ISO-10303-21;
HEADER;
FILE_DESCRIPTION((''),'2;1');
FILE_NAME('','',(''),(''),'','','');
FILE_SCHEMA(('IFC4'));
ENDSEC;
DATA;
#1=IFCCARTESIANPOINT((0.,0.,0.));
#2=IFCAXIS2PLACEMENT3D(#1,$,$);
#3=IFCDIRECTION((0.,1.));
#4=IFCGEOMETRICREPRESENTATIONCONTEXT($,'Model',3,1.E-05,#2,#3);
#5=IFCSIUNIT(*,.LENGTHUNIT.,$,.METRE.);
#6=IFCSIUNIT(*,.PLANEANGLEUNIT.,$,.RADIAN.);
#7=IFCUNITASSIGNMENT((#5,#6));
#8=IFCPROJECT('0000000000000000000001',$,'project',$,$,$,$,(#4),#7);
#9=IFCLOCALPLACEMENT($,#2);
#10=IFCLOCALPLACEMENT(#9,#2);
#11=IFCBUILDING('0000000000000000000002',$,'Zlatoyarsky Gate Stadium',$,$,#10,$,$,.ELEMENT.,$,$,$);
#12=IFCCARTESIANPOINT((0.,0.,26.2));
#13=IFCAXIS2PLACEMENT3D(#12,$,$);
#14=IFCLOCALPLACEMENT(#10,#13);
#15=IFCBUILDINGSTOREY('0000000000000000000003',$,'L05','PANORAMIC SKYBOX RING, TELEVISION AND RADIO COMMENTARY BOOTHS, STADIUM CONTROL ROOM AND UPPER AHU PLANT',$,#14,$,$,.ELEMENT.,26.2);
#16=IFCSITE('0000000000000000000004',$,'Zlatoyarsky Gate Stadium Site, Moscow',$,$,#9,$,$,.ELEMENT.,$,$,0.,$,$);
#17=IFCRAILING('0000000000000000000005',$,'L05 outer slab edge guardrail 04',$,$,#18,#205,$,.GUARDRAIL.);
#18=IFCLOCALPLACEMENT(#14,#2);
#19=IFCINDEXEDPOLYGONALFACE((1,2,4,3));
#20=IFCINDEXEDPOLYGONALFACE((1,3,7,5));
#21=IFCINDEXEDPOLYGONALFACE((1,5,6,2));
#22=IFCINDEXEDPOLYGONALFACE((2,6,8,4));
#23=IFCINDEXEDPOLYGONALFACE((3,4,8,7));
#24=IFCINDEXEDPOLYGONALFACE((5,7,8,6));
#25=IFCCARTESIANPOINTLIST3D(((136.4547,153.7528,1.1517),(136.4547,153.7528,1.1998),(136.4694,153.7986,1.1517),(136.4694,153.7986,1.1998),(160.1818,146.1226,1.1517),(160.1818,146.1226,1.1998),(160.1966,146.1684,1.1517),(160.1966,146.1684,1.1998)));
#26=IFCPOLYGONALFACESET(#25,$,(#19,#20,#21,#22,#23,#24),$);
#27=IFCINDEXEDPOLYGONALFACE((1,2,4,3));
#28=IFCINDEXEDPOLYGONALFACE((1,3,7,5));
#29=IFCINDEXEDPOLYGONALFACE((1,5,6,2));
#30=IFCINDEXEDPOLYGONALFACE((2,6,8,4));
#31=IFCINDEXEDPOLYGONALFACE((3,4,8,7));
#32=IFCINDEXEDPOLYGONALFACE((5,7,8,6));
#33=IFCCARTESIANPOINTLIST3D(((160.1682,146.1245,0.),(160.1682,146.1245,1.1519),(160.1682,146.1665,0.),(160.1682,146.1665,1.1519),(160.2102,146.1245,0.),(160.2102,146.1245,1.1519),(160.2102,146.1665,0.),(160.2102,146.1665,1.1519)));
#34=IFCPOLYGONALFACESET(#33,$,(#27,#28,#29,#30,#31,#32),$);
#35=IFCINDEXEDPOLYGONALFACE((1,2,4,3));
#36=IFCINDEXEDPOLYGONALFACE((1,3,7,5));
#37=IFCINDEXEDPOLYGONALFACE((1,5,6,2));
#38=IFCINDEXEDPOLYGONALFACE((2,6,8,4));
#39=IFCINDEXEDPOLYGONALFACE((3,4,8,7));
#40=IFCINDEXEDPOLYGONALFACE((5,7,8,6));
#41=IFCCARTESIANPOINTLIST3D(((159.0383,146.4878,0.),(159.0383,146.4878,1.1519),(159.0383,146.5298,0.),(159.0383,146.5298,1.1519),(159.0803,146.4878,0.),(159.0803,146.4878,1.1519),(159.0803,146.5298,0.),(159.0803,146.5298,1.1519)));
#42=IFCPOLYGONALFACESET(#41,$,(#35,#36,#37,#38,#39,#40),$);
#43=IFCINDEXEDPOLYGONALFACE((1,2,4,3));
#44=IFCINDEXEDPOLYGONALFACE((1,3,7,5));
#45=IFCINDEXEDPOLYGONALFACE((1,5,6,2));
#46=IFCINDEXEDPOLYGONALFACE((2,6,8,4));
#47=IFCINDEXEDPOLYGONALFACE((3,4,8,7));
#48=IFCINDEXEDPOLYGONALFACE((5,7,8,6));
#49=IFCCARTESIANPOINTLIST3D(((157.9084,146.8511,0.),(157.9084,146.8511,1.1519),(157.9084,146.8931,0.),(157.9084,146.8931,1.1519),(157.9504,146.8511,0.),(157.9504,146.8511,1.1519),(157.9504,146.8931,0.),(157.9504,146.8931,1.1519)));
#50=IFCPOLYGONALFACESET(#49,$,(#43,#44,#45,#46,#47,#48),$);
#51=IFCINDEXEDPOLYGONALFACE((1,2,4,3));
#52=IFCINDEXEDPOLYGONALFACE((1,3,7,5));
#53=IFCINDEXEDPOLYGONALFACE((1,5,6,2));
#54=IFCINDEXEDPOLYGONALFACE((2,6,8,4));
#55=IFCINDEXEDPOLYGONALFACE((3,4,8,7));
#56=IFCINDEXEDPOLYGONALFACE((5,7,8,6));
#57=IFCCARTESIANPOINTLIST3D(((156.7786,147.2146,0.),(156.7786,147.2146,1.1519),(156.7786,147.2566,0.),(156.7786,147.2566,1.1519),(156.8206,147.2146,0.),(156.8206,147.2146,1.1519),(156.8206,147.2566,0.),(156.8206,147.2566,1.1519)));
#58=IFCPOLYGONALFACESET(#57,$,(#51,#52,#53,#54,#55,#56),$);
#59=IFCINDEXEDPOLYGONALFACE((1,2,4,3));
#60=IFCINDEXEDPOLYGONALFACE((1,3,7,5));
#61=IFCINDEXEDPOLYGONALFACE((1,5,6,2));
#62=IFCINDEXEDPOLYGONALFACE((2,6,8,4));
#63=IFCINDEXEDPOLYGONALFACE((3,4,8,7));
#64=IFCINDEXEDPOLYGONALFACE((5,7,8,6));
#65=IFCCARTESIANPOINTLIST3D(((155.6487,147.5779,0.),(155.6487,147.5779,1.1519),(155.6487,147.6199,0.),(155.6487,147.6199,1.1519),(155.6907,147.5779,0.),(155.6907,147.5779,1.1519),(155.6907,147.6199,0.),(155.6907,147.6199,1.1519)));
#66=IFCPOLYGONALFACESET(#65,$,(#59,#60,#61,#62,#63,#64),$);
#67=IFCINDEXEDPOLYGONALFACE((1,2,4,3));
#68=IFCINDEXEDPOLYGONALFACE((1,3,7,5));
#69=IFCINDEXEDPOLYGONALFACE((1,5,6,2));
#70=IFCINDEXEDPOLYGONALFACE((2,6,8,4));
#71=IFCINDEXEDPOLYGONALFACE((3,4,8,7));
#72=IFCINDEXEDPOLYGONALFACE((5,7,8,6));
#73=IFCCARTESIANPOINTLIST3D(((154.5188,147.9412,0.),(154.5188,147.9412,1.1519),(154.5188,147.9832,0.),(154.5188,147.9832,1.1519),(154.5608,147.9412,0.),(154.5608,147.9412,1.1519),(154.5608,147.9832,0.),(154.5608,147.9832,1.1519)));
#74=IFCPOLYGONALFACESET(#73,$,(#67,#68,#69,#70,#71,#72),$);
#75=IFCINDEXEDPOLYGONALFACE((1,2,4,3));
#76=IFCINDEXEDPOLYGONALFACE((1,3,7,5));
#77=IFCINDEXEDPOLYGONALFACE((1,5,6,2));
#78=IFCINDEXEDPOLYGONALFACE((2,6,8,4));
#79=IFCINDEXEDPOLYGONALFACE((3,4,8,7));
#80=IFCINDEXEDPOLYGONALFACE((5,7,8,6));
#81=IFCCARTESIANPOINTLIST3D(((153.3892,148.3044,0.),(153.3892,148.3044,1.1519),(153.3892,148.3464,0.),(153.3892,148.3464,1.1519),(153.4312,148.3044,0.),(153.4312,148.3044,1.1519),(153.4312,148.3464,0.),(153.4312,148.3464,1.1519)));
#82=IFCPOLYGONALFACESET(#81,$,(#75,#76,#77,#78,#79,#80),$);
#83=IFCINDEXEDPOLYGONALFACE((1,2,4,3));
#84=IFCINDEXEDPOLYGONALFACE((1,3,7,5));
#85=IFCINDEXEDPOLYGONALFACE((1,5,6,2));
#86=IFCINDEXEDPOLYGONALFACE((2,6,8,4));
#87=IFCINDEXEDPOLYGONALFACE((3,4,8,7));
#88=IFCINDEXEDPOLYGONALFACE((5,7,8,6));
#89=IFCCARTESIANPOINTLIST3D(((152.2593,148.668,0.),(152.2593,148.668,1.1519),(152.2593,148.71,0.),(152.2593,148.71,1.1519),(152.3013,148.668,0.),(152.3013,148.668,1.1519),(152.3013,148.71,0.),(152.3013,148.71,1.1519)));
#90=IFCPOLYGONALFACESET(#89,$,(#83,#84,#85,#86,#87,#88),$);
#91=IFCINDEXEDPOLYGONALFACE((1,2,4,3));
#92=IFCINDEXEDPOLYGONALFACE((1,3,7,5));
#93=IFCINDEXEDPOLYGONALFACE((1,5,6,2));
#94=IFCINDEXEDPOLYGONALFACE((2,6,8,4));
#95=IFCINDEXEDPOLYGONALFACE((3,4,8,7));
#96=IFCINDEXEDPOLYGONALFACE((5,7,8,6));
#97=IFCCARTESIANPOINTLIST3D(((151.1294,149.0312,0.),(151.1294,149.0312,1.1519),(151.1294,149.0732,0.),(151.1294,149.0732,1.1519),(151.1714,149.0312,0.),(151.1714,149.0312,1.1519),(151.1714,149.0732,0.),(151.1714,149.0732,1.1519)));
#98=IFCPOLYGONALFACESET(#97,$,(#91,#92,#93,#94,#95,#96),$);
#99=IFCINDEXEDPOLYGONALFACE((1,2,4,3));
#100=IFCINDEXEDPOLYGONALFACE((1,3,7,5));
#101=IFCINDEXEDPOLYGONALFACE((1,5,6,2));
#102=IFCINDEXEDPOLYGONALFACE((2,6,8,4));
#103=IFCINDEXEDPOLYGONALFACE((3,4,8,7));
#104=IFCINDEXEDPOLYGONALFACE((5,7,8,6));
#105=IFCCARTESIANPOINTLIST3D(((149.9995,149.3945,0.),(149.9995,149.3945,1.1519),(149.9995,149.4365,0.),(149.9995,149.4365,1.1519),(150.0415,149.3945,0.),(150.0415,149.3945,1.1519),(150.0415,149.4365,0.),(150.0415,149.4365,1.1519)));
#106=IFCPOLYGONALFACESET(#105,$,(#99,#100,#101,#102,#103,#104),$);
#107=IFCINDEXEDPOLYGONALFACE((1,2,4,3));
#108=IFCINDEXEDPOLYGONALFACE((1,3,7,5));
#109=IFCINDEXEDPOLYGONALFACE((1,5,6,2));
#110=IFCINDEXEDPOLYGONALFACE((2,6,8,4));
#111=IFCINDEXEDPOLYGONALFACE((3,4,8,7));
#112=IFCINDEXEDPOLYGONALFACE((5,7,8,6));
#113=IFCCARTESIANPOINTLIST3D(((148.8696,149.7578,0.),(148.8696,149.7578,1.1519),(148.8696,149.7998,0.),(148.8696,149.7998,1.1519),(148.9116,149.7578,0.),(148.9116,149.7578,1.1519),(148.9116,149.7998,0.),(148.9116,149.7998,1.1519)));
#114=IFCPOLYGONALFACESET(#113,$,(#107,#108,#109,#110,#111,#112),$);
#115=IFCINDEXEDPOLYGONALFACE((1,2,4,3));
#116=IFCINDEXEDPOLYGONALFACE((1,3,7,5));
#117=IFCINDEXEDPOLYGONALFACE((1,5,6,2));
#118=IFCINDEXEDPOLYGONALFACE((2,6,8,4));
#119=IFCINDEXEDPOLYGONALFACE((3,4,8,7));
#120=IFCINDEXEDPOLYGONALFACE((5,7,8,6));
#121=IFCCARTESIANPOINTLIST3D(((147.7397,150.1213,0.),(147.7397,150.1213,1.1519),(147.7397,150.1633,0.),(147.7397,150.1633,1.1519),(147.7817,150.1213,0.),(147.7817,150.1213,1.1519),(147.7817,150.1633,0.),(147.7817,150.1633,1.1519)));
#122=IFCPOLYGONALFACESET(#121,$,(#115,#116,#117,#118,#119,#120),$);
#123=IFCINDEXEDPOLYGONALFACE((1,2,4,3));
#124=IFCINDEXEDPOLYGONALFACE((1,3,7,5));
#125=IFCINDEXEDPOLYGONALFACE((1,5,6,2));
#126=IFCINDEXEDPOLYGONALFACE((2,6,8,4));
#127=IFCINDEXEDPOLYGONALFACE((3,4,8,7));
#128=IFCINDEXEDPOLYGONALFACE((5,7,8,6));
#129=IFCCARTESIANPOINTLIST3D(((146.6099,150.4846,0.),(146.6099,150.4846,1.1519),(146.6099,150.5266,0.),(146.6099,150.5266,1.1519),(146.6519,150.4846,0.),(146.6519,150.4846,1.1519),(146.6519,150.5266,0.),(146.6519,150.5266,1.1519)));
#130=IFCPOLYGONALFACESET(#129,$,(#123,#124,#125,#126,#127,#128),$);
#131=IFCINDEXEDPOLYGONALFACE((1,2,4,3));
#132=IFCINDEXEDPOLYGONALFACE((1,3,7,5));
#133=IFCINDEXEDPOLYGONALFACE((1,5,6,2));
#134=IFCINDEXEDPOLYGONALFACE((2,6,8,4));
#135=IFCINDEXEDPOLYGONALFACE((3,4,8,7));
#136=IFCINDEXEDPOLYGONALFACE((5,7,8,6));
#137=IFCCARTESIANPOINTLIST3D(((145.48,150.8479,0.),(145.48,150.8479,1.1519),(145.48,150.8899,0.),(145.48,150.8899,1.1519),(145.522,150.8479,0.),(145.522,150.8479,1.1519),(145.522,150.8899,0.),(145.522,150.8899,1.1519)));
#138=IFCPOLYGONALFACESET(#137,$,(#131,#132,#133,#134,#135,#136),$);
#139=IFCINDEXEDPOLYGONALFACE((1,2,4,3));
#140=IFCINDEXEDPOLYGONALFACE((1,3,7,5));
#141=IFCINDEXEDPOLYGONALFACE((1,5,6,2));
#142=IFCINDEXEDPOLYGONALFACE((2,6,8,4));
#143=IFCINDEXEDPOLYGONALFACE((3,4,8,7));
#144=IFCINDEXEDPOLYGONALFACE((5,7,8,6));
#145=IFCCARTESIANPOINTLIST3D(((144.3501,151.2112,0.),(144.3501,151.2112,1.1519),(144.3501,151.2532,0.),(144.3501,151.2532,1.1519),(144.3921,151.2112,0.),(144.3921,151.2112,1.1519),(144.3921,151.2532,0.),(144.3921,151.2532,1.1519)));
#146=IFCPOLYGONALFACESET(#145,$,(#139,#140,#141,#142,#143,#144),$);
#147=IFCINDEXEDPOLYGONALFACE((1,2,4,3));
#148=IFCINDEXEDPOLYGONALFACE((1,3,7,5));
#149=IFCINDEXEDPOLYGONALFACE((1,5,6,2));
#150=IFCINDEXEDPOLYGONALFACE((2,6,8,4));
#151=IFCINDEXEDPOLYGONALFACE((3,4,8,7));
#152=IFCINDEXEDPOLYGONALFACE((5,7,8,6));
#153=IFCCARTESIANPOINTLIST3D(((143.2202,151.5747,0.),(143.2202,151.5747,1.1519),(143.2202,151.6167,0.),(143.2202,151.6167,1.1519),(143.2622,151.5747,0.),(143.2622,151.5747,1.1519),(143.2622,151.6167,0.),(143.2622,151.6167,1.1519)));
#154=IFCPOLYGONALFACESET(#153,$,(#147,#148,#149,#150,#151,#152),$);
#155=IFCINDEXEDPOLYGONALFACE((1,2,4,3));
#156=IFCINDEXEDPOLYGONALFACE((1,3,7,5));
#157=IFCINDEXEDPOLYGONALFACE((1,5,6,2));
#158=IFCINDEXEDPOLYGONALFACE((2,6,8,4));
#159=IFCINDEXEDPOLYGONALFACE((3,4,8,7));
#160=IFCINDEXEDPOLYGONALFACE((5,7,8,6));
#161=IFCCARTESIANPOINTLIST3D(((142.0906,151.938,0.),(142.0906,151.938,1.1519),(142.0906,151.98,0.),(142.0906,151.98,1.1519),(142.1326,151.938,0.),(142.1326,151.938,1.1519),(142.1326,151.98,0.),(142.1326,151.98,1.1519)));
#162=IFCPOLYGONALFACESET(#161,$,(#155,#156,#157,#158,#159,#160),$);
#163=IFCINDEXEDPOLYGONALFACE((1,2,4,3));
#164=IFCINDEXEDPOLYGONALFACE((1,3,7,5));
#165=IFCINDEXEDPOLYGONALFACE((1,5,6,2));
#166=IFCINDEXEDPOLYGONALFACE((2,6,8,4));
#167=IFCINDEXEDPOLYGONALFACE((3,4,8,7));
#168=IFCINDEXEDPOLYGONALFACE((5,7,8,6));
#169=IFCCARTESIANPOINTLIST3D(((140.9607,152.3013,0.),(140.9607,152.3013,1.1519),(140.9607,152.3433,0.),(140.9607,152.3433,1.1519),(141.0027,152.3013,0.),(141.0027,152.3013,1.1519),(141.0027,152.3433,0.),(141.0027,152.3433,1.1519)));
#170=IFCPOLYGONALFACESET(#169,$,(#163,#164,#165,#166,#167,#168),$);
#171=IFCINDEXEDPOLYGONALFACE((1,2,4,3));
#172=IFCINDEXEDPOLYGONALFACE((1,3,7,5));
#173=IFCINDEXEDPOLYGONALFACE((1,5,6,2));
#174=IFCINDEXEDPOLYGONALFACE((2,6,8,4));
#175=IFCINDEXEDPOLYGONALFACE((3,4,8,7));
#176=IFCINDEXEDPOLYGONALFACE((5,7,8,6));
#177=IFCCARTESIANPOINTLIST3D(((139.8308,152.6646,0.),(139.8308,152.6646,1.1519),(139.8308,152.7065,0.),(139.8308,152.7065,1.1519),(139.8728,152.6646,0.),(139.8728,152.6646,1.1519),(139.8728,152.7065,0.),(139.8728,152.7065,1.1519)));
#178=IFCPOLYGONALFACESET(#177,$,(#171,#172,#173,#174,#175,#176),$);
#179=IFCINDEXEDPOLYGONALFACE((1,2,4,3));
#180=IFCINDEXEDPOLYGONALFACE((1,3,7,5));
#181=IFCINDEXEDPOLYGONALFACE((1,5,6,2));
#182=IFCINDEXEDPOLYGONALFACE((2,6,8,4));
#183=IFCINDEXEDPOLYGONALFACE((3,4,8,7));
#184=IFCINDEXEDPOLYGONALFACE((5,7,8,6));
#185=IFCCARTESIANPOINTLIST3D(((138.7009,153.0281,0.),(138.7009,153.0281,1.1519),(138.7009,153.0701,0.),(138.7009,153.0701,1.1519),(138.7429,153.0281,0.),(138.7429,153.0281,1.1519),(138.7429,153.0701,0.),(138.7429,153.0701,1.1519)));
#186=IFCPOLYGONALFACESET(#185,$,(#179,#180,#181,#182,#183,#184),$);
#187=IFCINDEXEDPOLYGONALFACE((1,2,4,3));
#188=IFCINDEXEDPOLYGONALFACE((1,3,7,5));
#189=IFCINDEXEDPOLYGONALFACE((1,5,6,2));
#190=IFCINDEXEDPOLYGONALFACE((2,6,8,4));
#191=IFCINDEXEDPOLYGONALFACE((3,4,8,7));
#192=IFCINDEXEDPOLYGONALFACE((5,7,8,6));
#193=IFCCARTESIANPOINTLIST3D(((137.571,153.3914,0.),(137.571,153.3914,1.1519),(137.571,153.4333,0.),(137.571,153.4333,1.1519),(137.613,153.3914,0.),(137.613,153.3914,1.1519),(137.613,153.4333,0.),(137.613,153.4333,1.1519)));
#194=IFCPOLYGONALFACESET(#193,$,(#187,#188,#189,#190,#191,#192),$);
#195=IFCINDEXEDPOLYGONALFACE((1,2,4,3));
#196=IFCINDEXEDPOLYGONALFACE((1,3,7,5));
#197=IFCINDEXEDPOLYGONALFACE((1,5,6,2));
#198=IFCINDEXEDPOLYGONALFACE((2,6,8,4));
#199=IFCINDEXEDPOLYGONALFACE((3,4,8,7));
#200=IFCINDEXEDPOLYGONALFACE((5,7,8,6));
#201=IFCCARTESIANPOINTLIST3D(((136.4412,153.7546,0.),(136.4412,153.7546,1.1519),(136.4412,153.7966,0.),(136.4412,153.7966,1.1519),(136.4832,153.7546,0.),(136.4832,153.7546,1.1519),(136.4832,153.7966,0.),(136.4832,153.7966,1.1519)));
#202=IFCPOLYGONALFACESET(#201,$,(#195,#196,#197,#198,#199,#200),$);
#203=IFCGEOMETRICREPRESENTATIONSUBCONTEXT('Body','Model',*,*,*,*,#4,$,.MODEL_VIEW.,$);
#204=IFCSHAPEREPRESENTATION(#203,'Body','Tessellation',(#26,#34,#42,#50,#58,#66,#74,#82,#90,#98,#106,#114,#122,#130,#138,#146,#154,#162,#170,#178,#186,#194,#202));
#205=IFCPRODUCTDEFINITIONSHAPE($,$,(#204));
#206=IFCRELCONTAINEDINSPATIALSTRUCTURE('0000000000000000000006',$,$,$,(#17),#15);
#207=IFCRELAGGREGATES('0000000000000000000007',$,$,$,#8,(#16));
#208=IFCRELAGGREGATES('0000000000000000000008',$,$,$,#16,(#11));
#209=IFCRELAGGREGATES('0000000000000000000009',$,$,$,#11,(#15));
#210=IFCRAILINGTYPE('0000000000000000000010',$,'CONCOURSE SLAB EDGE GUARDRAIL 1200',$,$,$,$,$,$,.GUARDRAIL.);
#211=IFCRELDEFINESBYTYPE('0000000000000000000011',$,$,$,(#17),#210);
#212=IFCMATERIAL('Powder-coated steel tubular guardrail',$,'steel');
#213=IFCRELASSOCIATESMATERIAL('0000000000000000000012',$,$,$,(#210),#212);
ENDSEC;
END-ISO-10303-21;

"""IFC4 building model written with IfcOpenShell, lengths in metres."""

from ifc_helpers import new_model, si_unit, direction, frame, origin, origin_2d, place, context, subcontext, project, spatial, rectangle, extrude, material, type_object, element, save


model = new_model("IFC4")

# Units and contexts
model_context = context("Model", 3, precision=1e-05, world=origin(), true_north=direction((0.0, 1.0)))
body_context = subcontext(model_context, "Body", "Model", "MODEL_VIEW")
ifc_project = project(units=[si_unit("LENGTHUNIT", "METRE"), si_unit("PLANEANGLEUNIT", "RADIAN")], contexts=[model_context])

# Site, building, storey
site_placement = place(None, origin())
site = spatial("IfcSite", under=ifc_project, at=site_placement, Name="Zlatoyarsky Gate Stadium Site, Moscow", CompositionType="ELEMENT", RefElevation=0.0)
building_placement = place(site_placement, origin())
building = spatial("IfcBuilding", under=site, at=building_placement, Name="Zlatoyarsky Gate Stadium", CompositionType="ELEMENT")
storey_placement = place(building_placement, frame((0.0, 0.0, 26.2)))
storey = spatial("IfcBuildingStorey", under=building, at=storey_placement, Name="L05", Description="PANORAMIC SKYBOX RING, TELEVISION AND RADIO COMMENTARY BOOTHS, STADIUM CONTROL ROOM AND UPPER AHU PLANT", CompositionType="ELEMENT", Elevation=26.2)

# Railing
ifc_material_1 = material(Name="Powder-coated steel tubular guardrail", Category="steel")
railing_type = type_object("IfcRailingType", Name="CONCOURSE SLAB EDGE GUARDRAIL 1200", PredefinedType="GUARDRAIL", material=ifc_material_1)
railing_placement = place(storey_placement, frame((160.1892, 146.1455, 0.0)))
element("IfcRailing", 1, at=railing_placement, inside=storey, type_object=railing_type, Name="L05 outer slab edge guardrail 04", PredefinedType="GUARDRAIL", context=body_context, shape_type="SweptSolid", body=[
    extrude(rectangle(XDim=0.0481, YDim=0.0481, at=origin_2d()), frame((0.0, 0.0, 1.1758), z_axis=(-0.951987, 0.306139, 0.0), x_axis=(-0.306139, -0.951987, 0.0)), (0.0, 0.0, 1.0), 24.9238),
    extrude(rectangle(XDim=0.042, YDim=0.042, at=origin_2d()), origin(), (0.0, 0.0, 1.0), 1.1519),
    extrude(rectangle(XDim=0.042, YDim=0.042, at=origin_2d()), frame((-1.1299, 0.3633, 0.0)), (0.0, 0.0, 1.0), 1.1519),
    extrude(rectangle(XDim=0.042, YDim=0.042, at=origin_2d()), frame((-2.2598, 0.7266, 0.0)), (0.0, 0.0, 1.0), 1.1519),
    extrude(rectangle(XDim=0.042, YDim=0.042, at=origin_2d()), frame((-3.3896, 1.0901, 0.0)), (0.0, 0.0, 1.0), 1.1519),
    extrude(rectangle(XDim=0.042, YDim=0.042, at=origin_2d()), frame((-4.5195, 1.4534, 0.0)), (0.0, 0.0, 1.0), 1.1519),
    extrude(rectangle(XDim=0.042, YDim=0.042, at=origin_2d()), frame((-5.6494, 1.8167, 0.0)), (0.0, 0.0, 1.0), 1.1519),
    extrude(rectangle(XDim=0.042, YDim=0.042, at=origin_2d()), frame((-6.7791, 2.1799, 0.0)), (0.0, 0.0, 1.0), 1.1519),
    extrude(rectangle(XDim=0.042, YDim=0.042, at=origin_2d()), frame((-7.9089, 2.5435, 0.0)), (0.0, 0.0, 1.0), 1.1519),
    extrude(rectangle(XDim=0.042, YDim=0.042, at=origin_2d()), frame((-9.0388, 2.9067, 0.0)), (0.0, 0.0, 1.0), 1.1519),
    extrude(rectangle(XDim=0.042, YDim=0.042, at=origin_2d()), frame((-10.1687, 3.27, 0.0)), (0.0, 0.0, 1.0), 1.1519),
    extrude(rectangle(XDim=0.042, YDim=0.042, at=origin_2d()), frame((-11.2986, 3.6333, 0.0)), (0.0, 0.0, 1.0), 1.1519),
    extrude(rectangle(XDim=0.042, YDim=0.042, at=origin_2d()), frame((-12.4285, 3.9968, 0.0)), (0.0, 0.0, 1.0), 1.1519),
    extrude(rectangle(XDim=0.042, YDim=0.042, at=origin_2d()), frame((-13.5583, 4.3601, 0.0)), (0.0, 0.0, 1.0), 1.1519),
    extrude(rectangle(XDim=0.042, YDim=0.042, at=origin_2d()), frame((-14.6882, 4.7234, 0.0)), (0.0, 0.0, 1.0), 1.1519),
    extrude(rectangle(XDim=0.042, YDim=0.042, at=origin_2d()), frame((-15.8181, 5.0867, 0.0)), (0.0, 0.0, 1.0), 1.1519),
    extrude(rectangle(XDim=0.042, YDim=0.042, at=origin_2d()), frame((-16.948, 5.4502, 0.0)), (0.0, 0.0, 1.0), 1.1519),
    extrude(rectangle(XDim=0.042, YDim=0.042, at=origin_2d()), frame((-18.0776, 5.8135, 0.0)), (0.0, 0.0, 1.0), 1.1519),
    extrude(rectangle(XDim=0.042, YDim=0.042, at=origin_2d()), frame((-19.2075, 6.1768, 0.0)), (0.0, 0.0, 1.0), 1.1519),
    extrude(rectangle(XDim=0.042, YDim=0.042, at=origin_2d()), frame((-20.3374, 6.54, 0.0)), (0.0, 0.0, 1.0), 1.1519),
    extrude(rectangle(XDim=0.042, YDim=0.042, at=origin_2d()), frame((-21.4673, 6.9036, 0.0)), (0.0, 0.0, 1.0), 1.1519),
    extrude(rectangle(XDim=0.042, YDim=0.042, at=origin_2d()), frame((-22.5972, 7.2668, 0.0)), (0.0, 0.0, 1.0), 1.1519),
    extrude(rectangle(XDim=0.042, YDim=0.042, at=origin_2d()), frame((-23.7271, 7.6301, 0.0)), (0.0, 0.0, 1.0), 1.1519),
])

save(model, "model.ifc")
